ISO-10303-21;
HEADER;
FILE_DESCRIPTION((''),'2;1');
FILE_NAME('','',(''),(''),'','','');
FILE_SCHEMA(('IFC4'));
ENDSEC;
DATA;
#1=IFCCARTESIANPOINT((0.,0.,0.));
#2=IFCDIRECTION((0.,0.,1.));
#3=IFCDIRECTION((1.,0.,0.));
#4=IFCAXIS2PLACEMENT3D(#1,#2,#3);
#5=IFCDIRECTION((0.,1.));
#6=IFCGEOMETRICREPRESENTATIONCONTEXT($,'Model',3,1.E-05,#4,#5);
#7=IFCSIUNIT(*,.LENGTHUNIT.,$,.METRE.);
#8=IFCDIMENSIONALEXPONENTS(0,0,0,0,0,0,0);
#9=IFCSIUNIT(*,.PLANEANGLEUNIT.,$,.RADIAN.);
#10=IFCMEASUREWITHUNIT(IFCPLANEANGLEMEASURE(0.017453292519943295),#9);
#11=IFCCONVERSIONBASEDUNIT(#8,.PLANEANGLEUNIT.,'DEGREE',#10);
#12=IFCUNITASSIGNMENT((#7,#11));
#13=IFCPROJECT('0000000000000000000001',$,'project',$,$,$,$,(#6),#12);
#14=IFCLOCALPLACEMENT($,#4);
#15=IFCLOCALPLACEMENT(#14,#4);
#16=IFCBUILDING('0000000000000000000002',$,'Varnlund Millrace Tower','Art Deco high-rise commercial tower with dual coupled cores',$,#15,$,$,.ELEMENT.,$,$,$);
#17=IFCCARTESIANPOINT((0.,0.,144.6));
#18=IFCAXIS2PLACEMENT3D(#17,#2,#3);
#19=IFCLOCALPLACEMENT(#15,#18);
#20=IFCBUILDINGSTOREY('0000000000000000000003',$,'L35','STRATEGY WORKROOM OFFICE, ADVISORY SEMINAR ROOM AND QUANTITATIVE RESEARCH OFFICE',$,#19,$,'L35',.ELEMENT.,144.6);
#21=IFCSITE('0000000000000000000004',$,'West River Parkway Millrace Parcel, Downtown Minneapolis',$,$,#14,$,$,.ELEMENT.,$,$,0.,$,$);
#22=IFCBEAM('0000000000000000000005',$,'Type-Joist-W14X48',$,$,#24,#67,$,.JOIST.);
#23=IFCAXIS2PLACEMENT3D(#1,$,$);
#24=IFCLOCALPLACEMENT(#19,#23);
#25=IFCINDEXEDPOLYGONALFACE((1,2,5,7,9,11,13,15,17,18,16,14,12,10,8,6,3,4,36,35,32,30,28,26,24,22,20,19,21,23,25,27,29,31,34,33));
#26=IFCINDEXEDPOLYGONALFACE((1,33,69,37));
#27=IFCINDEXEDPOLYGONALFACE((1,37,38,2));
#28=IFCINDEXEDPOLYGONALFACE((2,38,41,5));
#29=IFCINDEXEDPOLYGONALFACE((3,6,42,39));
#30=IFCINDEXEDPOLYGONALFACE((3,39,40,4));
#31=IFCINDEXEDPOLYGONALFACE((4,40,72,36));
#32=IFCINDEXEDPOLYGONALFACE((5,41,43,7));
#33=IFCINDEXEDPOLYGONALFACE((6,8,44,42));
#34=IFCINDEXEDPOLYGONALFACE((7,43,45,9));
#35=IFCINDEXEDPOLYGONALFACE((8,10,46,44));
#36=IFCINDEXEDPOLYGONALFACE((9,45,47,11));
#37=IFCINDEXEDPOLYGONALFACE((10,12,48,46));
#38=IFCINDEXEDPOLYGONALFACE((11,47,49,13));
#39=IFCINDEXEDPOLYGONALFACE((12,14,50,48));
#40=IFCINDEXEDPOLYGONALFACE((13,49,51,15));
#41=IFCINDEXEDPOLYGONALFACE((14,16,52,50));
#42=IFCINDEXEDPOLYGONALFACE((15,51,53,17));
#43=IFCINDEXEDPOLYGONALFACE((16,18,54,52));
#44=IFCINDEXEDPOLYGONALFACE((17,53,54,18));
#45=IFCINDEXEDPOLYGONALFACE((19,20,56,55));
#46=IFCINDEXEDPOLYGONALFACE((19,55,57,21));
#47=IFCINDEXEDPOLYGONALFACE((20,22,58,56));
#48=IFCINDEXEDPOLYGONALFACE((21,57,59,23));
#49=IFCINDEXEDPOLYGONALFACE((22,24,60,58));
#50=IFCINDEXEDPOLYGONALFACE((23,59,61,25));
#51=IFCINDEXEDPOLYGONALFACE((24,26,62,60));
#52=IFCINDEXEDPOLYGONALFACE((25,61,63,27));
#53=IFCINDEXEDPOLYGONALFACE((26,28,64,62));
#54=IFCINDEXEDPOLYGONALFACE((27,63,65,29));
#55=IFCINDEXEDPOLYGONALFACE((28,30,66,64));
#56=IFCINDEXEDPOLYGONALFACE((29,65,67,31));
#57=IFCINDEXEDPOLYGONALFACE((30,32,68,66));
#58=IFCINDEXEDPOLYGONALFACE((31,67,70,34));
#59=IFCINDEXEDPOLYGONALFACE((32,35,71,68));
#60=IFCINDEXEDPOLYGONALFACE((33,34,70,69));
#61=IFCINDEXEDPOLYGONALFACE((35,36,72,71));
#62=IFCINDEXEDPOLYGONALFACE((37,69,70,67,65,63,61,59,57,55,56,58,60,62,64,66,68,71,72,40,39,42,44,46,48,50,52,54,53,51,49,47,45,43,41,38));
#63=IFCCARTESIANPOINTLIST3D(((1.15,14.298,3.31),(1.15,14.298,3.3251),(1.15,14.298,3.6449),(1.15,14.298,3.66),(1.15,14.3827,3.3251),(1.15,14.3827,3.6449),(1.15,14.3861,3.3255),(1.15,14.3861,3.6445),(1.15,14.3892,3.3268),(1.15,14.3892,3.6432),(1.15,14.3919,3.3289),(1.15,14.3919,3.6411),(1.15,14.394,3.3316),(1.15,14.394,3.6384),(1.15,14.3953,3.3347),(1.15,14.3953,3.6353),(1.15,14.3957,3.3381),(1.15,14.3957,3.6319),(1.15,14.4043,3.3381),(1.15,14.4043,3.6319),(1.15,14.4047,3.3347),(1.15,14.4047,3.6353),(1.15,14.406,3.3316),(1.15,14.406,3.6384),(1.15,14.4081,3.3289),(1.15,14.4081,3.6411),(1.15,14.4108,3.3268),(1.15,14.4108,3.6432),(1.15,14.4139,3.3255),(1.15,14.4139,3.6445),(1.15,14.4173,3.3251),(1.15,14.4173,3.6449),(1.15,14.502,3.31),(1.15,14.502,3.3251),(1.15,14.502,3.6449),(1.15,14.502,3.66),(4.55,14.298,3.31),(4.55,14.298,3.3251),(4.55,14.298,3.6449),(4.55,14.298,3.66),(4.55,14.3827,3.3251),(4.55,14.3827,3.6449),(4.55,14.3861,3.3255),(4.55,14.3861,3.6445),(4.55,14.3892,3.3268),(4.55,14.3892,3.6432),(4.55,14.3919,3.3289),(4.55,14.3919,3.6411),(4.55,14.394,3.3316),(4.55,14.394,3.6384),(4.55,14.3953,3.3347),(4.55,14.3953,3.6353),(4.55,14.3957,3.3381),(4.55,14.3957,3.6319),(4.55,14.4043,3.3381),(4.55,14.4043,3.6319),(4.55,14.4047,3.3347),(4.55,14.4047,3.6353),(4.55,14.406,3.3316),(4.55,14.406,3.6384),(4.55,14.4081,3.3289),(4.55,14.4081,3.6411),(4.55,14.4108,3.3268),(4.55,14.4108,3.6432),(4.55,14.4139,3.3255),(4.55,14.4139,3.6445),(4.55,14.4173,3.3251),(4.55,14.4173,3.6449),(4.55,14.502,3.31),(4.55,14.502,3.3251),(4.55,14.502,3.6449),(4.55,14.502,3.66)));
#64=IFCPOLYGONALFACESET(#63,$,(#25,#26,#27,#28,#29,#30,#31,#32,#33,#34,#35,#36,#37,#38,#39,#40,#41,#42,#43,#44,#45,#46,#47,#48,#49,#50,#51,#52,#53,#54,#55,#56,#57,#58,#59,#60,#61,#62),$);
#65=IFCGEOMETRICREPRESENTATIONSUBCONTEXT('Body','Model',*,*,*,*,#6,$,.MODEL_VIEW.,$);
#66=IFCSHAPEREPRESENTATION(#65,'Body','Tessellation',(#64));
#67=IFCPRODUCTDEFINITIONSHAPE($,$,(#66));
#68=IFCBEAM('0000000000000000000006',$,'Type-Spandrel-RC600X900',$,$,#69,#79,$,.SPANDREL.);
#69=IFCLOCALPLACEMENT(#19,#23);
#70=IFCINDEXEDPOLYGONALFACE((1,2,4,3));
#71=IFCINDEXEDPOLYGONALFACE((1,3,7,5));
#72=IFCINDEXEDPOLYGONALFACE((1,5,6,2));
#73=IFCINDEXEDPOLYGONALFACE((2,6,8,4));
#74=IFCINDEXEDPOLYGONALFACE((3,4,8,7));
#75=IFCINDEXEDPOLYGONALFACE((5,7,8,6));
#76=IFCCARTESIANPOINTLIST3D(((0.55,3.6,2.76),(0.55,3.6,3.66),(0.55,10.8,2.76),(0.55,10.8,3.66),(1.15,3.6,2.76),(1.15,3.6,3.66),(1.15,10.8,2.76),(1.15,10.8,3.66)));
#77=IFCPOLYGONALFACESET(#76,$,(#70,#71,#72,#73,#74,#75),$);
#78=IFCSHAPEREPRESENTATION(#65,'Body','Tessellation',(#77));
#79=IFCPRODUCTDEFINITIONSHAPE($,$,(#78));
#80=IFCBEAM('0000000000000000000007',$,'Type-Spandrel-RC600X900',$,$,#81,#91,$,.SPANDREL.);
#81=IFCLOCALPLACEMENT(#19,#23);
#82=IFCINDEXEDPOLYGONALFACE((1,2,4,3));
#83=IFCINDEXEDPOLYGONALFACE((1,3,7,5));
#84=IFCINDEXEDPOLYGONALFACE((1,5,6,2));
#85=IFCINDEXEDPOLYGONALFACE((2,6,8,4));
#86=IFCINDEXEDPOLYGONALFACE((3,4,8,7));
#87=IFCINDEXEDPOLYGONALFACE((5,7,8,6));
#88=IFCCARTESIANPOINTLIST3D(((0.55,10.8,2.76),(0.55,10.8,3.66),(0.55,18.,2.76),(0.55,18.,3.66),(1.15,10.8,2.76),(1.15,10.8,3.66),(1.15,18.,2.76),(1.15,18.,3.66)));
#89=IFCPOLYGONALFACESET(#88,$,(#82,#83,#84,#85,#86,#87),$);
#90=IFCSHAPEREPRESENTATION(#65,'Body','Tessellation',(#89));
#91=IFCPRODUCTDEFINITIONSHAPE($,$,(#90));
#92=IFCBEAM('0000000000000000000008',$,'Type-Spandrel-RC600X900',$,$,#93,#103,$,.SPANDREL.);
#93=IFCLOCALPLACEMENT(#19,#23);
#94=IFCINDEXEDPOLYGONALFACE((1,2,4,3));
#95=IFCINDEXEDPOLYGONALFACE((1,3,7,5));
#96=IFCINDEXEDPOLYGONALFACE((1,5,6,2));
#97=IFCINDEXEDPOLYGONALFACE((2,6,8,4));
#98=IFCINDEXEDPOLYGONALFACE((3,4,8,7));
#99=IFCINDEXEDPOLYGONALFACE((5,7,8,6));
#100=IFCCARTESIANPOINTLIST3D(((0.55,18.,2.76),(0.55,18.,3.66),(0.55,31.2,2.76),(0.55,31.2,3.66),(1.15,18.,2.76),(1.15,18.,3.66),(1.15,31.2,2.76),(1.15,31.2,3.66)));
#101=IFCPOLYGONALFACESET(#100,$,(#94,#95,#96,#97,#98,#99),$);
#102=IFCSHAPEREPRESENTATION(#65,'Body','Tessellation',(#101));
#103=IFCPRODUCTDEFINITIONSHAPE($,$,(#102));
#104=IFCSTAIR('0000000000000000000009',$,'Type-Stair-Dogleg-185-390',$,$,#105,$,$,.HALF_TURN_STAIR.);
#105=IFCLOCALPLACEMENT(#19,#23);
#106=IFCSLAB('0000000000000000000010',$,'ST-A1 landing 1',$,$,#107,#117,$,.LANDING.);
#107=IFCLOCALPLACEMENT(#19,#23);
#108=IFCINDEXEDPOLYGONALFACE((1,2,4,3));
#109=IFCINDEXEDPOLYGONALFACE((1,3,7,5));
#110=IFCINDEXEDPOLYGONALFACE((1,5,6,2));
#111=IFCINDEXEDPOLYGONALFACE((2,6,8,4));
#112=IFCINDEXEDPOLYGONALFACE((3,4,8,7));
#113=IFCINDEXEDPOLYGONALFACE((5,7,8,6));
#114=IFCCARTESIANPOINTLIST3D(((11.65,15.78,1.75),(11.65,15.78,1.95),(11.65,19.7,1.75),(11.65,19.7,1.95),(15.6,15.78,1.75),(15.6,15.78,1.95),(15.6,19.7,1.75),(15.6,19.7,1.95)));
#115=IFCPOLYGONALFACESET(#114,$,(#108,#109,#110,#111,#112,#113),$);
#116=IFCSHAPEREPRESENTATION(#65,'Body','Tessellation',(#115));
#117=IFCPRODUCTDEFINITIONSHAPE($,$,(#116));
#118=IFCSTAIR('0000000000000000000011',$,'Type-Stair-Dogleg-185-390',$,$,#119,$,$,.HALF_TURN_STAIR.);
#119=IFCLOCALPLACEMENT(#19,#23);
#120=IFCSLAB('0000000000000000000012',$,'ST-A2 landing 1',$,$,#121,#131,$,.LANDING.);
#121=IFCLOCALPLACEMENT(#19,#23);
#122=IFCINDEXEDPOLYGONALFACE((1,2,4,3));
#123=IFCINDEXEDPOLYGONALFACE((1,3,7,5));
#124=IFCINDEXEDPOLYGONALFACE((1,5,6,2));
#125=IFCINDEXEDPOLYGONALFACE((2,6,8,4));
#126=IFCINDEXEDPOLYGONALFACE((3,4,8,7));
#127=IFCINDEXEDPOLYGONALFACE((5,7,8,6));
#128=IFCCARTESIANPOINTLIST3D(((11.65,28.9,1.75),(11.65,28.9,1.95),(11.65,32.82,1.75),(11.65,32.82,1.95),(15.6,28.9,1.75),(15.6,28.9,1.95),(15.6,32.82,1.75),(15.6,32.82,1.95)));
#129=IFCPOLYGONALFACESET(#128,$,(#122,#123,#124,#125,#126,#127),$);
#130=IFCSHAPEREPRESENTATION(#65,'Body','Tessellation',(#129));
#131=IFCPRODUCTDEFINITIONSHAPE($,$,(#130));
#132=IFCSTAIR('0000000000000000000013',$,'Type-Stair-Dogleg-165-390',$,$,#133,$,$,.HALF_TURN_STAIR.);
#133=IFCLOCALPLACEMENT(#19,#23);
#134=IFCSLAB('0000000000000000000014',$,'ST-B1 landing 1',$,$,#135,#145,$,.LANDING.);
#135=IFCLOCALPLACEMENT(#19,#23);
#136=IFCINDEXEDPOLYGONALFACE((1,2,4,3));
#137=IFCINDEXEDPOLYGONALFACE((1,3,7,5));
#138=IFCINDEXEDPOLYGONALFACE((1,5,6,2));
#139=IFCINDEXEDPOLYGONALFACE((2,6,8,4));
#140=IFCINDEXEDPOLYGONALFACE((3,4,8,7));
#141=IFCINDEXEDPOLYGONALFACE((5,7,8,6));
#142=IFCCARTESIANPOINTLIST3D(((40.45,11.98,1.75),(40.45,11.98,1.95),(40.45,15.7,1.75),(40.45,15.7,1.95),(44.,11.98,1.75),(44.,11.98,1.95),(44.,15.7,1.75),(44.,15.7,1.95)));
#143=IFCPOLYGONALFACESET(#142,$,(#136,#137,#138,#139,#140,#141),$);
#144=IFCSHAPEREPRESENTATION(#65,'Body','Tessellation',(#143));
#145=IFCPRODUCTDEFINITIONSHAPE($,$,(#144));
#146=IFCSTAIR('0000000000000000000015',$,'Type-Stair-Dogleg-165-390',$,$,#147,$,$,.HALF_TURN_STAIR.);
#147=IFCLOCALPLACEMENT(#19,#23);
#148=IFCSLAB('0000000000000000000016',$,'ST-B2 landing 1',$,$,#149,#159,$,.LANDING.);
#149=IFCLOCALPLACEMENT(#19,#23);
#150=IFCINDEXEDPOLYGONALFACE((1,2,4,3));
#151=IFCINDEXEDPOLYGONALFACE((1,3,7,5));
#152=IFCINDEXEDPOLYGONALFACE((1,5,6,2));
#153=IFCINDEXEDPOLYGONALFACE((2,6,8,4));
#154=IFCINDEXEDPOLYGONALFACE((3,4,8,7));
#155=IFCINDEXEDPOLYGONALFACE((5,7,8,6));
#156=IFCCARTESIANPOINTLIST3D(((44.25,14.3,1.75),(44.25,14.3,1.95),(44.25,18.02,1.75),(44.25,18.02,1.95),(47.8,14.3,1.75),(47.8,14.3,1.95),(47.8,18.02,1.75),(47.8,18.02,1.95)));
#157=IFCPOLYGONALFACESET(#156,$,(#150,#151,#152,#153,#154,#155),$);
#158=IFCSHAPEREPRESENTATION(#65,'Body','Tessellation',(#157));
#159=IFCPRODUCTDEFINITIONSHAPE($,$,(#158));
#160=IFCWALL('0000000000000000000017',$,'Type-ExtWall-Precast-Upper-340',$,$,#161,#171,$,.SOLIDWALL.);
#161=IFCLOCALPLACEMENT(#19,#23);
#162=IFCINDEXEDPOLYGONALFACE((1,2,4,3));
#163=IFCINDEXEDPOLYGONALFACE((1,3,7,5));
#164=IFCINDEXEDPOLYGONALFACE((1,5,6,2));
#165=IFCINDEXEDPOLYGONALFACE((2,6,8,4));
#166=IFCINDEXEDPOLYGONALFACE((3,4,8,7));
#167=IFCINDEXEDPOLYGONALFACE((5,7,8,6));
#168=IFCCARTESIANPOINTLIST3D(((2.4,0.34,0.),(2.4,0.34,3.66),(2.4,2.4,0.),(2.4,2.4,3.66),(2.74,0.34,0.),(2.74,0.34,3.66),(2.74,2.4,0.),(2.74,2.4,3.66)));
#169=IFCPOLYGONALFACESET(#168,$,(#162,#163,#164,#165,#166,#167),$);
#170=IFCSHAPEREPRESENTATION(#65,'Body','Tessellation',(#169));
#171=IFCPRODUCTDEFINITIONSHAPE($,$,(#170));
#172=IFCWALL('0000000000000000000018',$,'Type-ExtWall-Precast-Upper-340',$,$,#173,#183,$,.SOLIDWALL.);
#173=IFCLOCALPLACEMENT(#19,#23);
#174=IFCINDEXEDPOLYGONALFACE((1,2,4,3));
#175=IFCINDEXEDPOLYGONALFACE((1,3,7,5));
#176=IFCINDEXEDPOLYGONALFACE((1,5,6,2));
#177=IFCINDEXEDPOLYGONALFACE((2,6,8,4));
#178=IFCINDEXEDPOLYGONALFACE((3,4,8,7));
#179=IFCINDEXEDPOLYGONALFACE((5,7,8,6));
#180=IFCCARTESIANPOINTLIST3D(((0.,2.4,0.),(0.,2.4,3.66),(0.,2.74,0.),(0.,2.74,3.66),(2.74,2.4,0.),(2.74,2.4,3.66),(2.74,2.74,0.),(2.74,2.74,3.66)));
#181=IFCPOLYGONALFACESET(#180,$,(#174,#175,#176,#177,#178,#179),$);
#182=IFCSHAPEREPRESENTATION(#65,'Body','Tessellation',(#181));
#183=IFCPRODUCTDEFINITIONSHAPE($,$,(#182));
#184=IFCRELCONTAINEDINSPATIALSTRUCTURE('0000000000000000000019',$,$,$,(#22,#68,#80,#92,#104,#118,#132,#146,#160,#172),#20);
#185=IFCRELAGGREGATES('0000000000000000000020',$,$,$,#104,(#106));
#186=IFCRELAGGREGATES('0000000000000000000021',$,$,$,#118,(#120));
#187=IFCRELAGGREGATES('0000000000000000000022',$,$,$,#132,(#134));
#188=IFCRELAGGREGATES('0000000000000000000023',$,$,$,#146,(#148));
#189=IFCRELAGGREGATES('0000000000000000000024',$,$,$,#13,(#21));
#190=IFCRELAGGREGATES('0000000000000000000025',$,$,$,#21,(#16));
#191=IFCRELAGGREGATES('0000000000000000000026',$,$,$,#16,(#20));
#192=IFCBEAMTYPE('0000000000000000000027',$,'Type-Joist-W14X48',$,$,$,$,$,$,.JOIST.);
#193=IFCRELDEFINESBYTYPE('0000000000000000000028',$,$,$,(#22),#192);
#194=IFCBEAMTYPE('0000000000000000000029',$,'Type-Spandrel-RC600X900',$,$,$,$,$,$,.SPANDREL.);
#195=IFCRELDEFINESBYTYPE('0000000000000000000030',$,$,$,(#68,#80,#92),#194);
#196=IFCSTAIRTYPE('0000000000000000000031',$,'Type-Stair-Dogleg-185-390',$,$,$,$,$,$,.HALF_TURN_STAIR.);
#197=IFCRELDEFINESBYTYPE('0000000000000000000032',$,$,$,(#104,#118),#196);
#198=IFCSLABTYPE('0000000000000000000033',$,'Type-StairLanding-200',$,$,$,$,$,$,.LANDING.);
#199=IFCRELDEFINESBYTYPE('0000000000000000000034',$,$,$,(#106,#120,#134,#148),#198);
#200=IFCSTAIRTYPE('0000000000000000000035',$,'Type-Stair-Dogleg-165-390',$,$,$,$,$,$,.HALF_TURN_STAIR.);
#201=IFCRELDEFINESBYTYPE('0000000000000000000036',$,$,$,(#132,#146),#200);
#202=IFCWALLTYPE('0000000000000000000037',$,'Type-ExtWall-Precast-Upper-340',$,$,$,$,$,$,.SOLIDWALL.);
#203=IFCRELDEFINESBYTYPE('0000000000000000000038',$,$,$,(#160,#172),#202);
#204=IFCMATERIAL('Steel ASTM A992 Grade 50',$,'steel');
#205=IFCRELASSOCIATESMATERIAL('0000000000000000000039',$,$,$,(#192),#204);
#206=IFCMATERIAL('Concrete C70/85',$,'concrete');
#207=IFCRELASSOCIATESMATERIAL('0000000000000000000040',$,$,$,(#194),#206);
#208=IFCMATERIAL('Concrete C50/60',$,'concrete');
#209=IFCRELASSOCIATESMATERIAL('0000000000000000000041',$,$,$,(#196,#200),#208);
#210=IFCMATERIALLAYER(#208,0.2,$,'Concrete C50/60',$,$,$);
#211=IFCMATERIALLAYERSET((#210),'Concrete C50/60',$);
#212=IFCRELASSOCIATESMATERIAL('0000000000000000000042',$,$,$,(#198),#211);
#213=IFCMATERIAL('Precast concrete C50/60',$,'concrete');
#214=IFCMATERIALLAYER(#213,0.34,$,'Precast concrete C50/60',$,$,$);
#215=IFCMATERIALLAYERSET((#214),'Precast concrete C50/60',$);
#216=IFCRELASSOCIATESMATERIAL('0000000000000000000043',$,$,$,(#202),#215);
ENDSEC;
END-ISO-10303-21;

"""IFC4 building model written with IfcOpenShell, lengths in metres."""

from ifc_helpers import new_model, entity, si_unit, converted_unit, direction, frame, origin_with_axes, origin_2d_with_axis, place, context, subcontext, project, spatial, polyline, rectangle, i_section, outline, extrude, material, layer, layer_set, material_profile, profile_set, type_object, element, aggregate, save


model = new_model("IFC4")

# Units and contexts
model_context = context("Model", 3, precision=1e-05, world=origin_with_axes(), true_north=direction((0.0, 1.0)))
body_context = subcontext(model_context, "Body", "Model", "MODEL_VIEW")
ifc_project = project(units=[si_unit("LENGTHUNIT", "METRE"), converted_unit("PLANEANGLEUNIT", "DEGREE", entity("IfcPlaneAngleMeasure", 0.017453292519943295), si_unit("PLANEANGLEUNIT", "RADIAN"), dimensions=[0, 0, 0, 0, 0, 0, 0])], contexts=[model_context])

# Site, building, storey
site_placement = place(None, origin_with_axes())
site = spatial("IfcSite", under=ifc_project, at=site_placement, Name="West River Parkway Millrace Parcel, Downtown Minneapolis", CompositionType="ELEMENT", RefElevation=0.0)
building_placement = place(site_placement, origin_with_axes())
building = spatial("IfcBuilding", under=site, at=building_placement, Name="Varnlund Millrace Tower", Description="Art Deco high-rise commercial tower with dual coupled cores", CompositionType="ELEMENT")
storey_placement = place(building_placement, frame((0.0, 0.0, 144.6), z_axis=(0.0, 0.0, 1.0), x_axis=(1.0, 0.0, 0.0)))
storey = spatial("IfcBuildingStorey", under=building, at=storey_placement, Name="L35", Description="STRATEGY WORKROOM OFFICE, ADVISORY SEMINAR ROOM AND QUANTITATIVE RESEARCH OFFICE", LongName="L35", CompositionType="ELEMENT", Elevation=144.6)

# Beams
ifc_material_1 = material(Name="Steel ASTM A992 Grade 50", Category="steel")
ifc_material_profile_1 = material_profile(ifc_material_1, i_section(OverallWidth=0.204, OverallDepth=0.35, WebThickness=0.0086, FlangeThickness=0.0151, FilletRadius=0.013, at=origin_2d_with_axis()), Name="Steel ASTM A992 Grade 50")
ifc_profile_set_1 = profile_set([ifc_material_profile_1], Name="Steel ASTM A992 Grade 50")
beam_type_1 = type_object("IfcBeamType", Name="Type-Joist-W14X48", PredefinedType="JOIST", material=ifc_profile_set_1)
for number, where, z_axis, x_axis, name in (
    (1, (1.15, 14.4, 3.485), (1.0, 0.0, 0.0), (0.0, 1.0, 0.0), "Type-Joist-W14X48"),
):
    element("IfcBeam", number, at=place(storey_placement, frame(where, z_axis=z_axis, x_axis=x_axis)), inside=storey, type_object=beam_type_1, Name=name, PredefinedType="JOIST", context=body_context, shape_type="SweptSolid", body=[
        extrude(i_section(OverallWidth=0.204, OverallDepth=0.35, WebThickness=0.0086, FlangeThickness=0.0151, FilletRadius=0.013, at=origin_2d_with_axis()), origin_with_axes(), (0.0, 0.0, 1.0), 3.4),
    ])
ifc_material_2 = material(Name="Concrete C70/85", Category="concrete")
ifc_material_profile_2 = material_profile(ifc_material_2, rectangle(XDim=0.6, YDim=0.9, at=origin_2d_with_axis()), Name="Concrete C70/85")
ifc_profile_set_2 = profile_set([ifc_material_profile_2], Name="Concrete C70/85")
beam_type_2 = type_object("IfcBeamType", Name="Type-Spandrel-RC600X900", PredefinedType="SPANDREL", material=ifc_profile_set_2)
for number, where, z_axis, x_axis, name in (
    (2, (0.85, 3.6, 3.21), (0.0, 1.0, 0.0), (-1.0, 0.0, 0.0), "Type-Spandrel-RC600X900"),
    (3, (0.85, 10.8, 3.21), (0.0, 1.0, 0.0), (-1.0, 0.0, 0.0), "Type-Spandrel-RC600X900"),
):
    element("IfcBeam", number, at=place(storey_placement, frame(where, z_axis=z_axis, x_axis=x_axis)), inside=storey, type_object=beam_type_2, Name=name, PredefinedType="SPANDREL", context=body_context, shape_type="SweptSolid", body=[
        extrude(rectangle(XDim=0.6, YDim=0.9, at=origin_2d_with_axis()), origin_with_axes(), (0.0, 0.0, 1.0), 7.2),
    ])
beam_1_placement = place(storey_placement, frame((0.85, 18.0, 3.21), z_axis=(0.0, 1.0, 0.0), x_axis=(-1.0, 0.0, 0.0)))
element("IfcBeam", 4, at=beam_1_placement, inside=storey, type_object=beam_type_2, Name="Type-Spandrel-RC600X900", PredefinedType="SPANDREL", context=body_context, shape_type="SweptSolid", body=[
    extrude(rectangle(XDim=0.6, YDim=0.9, at=origin_2d_with_axis()), origin_with_axes(), (0.0, 0.0, 1.0), 13.2),
])

# Stairs, slabs
ifc_material_3 = material(Name="Concrete C50/60", Category="concrete")
stair_type_1 = type_object("IfcStairType", Name="Type-Stair-Dogleg-185-390", PredefinedType="HALF_TURN_STAIR", material=ifc_material_3)
stair_1_placement = place(storey_placement, origin_with_axes())
stair_1 = element("IfcStair", 5, at=stair_1_placement, inside=storey, type_object=stair_type_1, Name="Type-Stair-Dogleg-185-390", PredefinedType="HALF_TURN_STAIR")
ifc_layer_1 = layer(ifc_material_3, 0.2, Name="Concrete C50/60")
ifc_layer_set_1 = layer_set([ifc_layer_1], Name="Concrete C50/60")
slab_type = type_object("IfcSlabType", Name="Type-StairLanding-200", PredefinedType="LANDING", material=ifc_layer_set_1)
slab_1_placement = place(storey_placement, frame((0.0, 0.0, 1.75), z_axis=(0.0, 0.0, 1.0), x_axis=(1.0, 0.0, 0.0)))
slab_1 = element("IfcSlab", 6, at=slab_1_placement, type_object=slab_type, Name="ST-A1 landing 1", PredefinedType="LANDING", context=body_context, shape_type="SweptSolid", body=[
    extrude(outline(polyline([(15.6, 15.78), (15.6, 19.7), (11.65, 19.7), (11.65, 15.78), (15.6, 15.78)])), origin_with_axes(), (0.0, 0.0, 1.0), 0.2),
])
aggregate(stair_1, [slab_1])
stair_2_placement = place(storey_placement, origin_with_axes())
stair_2 = element("IfcStair", 7, at=stair_2_placement, inside=storey, type_object=stair_type_1, Name="Type-Stair-Dogleg-185-390", PredefinedType="HALF_TURN_STAIR")
slab_2_placement = place(storey_placement, frame((0.0, 0.0, 1.75), z_axis=(0.0, 0.0, 1.0), x_axis=(1.0, 0.0, 0.0)))
slab_2 = element("IfcSlab", 8, at=slab_2_placement, type_object=slab_type, Name="ST-A2 landing 1", PredefinedType="LANDING", context=body_context, shape_type="SweptSolid", body=[
    extrude(outline(polyline([(11.65, 32.82), (11.65, 28.9), (15.6, 28.9), (15.6, 32.82), (11.65, 32.82)])), origin_with_axes(), (0.0, 0.0, 1.0), 0.2),
])
aggregate(stair_2, [slab_2])
stair_type_2 = type_object("IfcStairType", Name="Type-Stair-Dogleg-165-390", PredefinedType="HALF_TURN_STAIR", material=ifc_material_3)
stair_3_placement = place(storey_placement, origin_with_axes())
stair_3 = element("IfcStair", 9, at=stair_3_placement, inside=storey, type_object=stair_type_2, Name="Type-Stair-Dogleg-165-390", PredefinedType="HALF_TURN_STAIR")
slab_3_placement = place(storey_placement, frame((0.0, 0.0, 1.75), z_axis=(0.0, 0.0, 1.0), x_axis=(1.0, 0.0, 0.0)))
slab_3 = element("IfcSlab", 10, at=slab_3_placement, type_object=slab_type, Name="ST-B1 landing 1", PredefinedType="LANDING", context=body_context, shape_type="SweptSolid", body=[
    extrude(outline(polyline([(44.0, 11.98), (44.0, 15.7), (40.45, 15.7), (40.45, 11.98), (44.0, 11.98)])), origin_with_axes(), (0.0, 0.0, 1.0), 0.2),
])
aggregate(stair_3, [slab_3])
stair_4_placement = place(storey_placement, origin_with_axes())
stair_4 = element("IfcStair", 11, at=stair_4_placement, inside=storey, type_object=stair_type_2, Name="Type-Stair-Dogleg-165-390", PredefinedType="HALF_TURN_STAIR")
slab_4_placement = place(storey_placement, frame((0.0, 0.0, 1.75), z_axis=(0.0, 0.0, 1.0), x_axis=(1.0, 0.0, 0.0)))
slab_4 = element("IfcSlab", 12, at=slab_4_placement, type_object=slab_type, Name="ST-B2 landing 1", PredefinedType="LANDING", context=body_context, shape_type="SweptSolid", body=[
    extrude(outline(polyline([(44.25, 18.02), (44.25, 14.3), (47.8, 14.3), (47.8, 18.02), (44.25, 18.02)])), origin_with_axes(), (0.0, 0.0, 1.0), 0.2),
])
aggregate(stair_4, [slab_4])

# Walls
ifc_material_4 = material(Name="Precast concrete C50/60", Category="concrete")
ifc_layer_2 = layer(ifc_material_4, 0.34, Name="Precast concrete C50/60")
ifc_layer_set_2 = layer_set([ifc_layer_2], Name="Precast concrete C50/60")
wall_type = type_object("IfcWallType", Name="Type-ExtWall-Precast-Upper-340", PredefinedType="SOLIDWALL", material=ifc_layer_set_2)
wall_1_placement = place(storey_placement, frame((2.57, 0.34, 0.0), z_axis=(0.0, 0.0, 1.0), x_axis=(0.0, 1.0, 0.0)))
element("IfcWall", 13, at=wall_1_placement, inside=storey, type_object=wall_type, Name="Type-ExtWall-Precast-Upper-340", PredefinedType="SOLIDWALL", context=body_context, shape_type="SweptSolid", body=[
    extrude(outline(polyline([(0.0, -0.17), (2.06, -0.17), (2.06, 0.17), (0.0, 0.17), (0.0, -0.17)])), origin_with_axes(), (0.0, 0.0, 1.0), 3.66),
])
wall_2_placement = place(storey_placement, frame((2.74, 2.57, 0.0), z_axis=(0.0, 0.0, 1.0), x_axis=(-1.0, 0.0, 0.0)))
element("IfcWall", 14, at=wall_2_placement, inside=storey, type_object=wall_type, Name="Type-ExtWall-Precast-Upper-340", PredefinedType="SOLIDWALL", context=body_context, shape_type="SweptSolid", body=[
    extrude(outline(polyline([(0.0, -0.17), (2.74, -0.17), (2.74, 0.17), (0.0, 0.17), (0.0, -0.17)])), origin_with_axes(), (0.0, 0.0, 1.0), 3.66),
])

save(model, "model.ifc")
